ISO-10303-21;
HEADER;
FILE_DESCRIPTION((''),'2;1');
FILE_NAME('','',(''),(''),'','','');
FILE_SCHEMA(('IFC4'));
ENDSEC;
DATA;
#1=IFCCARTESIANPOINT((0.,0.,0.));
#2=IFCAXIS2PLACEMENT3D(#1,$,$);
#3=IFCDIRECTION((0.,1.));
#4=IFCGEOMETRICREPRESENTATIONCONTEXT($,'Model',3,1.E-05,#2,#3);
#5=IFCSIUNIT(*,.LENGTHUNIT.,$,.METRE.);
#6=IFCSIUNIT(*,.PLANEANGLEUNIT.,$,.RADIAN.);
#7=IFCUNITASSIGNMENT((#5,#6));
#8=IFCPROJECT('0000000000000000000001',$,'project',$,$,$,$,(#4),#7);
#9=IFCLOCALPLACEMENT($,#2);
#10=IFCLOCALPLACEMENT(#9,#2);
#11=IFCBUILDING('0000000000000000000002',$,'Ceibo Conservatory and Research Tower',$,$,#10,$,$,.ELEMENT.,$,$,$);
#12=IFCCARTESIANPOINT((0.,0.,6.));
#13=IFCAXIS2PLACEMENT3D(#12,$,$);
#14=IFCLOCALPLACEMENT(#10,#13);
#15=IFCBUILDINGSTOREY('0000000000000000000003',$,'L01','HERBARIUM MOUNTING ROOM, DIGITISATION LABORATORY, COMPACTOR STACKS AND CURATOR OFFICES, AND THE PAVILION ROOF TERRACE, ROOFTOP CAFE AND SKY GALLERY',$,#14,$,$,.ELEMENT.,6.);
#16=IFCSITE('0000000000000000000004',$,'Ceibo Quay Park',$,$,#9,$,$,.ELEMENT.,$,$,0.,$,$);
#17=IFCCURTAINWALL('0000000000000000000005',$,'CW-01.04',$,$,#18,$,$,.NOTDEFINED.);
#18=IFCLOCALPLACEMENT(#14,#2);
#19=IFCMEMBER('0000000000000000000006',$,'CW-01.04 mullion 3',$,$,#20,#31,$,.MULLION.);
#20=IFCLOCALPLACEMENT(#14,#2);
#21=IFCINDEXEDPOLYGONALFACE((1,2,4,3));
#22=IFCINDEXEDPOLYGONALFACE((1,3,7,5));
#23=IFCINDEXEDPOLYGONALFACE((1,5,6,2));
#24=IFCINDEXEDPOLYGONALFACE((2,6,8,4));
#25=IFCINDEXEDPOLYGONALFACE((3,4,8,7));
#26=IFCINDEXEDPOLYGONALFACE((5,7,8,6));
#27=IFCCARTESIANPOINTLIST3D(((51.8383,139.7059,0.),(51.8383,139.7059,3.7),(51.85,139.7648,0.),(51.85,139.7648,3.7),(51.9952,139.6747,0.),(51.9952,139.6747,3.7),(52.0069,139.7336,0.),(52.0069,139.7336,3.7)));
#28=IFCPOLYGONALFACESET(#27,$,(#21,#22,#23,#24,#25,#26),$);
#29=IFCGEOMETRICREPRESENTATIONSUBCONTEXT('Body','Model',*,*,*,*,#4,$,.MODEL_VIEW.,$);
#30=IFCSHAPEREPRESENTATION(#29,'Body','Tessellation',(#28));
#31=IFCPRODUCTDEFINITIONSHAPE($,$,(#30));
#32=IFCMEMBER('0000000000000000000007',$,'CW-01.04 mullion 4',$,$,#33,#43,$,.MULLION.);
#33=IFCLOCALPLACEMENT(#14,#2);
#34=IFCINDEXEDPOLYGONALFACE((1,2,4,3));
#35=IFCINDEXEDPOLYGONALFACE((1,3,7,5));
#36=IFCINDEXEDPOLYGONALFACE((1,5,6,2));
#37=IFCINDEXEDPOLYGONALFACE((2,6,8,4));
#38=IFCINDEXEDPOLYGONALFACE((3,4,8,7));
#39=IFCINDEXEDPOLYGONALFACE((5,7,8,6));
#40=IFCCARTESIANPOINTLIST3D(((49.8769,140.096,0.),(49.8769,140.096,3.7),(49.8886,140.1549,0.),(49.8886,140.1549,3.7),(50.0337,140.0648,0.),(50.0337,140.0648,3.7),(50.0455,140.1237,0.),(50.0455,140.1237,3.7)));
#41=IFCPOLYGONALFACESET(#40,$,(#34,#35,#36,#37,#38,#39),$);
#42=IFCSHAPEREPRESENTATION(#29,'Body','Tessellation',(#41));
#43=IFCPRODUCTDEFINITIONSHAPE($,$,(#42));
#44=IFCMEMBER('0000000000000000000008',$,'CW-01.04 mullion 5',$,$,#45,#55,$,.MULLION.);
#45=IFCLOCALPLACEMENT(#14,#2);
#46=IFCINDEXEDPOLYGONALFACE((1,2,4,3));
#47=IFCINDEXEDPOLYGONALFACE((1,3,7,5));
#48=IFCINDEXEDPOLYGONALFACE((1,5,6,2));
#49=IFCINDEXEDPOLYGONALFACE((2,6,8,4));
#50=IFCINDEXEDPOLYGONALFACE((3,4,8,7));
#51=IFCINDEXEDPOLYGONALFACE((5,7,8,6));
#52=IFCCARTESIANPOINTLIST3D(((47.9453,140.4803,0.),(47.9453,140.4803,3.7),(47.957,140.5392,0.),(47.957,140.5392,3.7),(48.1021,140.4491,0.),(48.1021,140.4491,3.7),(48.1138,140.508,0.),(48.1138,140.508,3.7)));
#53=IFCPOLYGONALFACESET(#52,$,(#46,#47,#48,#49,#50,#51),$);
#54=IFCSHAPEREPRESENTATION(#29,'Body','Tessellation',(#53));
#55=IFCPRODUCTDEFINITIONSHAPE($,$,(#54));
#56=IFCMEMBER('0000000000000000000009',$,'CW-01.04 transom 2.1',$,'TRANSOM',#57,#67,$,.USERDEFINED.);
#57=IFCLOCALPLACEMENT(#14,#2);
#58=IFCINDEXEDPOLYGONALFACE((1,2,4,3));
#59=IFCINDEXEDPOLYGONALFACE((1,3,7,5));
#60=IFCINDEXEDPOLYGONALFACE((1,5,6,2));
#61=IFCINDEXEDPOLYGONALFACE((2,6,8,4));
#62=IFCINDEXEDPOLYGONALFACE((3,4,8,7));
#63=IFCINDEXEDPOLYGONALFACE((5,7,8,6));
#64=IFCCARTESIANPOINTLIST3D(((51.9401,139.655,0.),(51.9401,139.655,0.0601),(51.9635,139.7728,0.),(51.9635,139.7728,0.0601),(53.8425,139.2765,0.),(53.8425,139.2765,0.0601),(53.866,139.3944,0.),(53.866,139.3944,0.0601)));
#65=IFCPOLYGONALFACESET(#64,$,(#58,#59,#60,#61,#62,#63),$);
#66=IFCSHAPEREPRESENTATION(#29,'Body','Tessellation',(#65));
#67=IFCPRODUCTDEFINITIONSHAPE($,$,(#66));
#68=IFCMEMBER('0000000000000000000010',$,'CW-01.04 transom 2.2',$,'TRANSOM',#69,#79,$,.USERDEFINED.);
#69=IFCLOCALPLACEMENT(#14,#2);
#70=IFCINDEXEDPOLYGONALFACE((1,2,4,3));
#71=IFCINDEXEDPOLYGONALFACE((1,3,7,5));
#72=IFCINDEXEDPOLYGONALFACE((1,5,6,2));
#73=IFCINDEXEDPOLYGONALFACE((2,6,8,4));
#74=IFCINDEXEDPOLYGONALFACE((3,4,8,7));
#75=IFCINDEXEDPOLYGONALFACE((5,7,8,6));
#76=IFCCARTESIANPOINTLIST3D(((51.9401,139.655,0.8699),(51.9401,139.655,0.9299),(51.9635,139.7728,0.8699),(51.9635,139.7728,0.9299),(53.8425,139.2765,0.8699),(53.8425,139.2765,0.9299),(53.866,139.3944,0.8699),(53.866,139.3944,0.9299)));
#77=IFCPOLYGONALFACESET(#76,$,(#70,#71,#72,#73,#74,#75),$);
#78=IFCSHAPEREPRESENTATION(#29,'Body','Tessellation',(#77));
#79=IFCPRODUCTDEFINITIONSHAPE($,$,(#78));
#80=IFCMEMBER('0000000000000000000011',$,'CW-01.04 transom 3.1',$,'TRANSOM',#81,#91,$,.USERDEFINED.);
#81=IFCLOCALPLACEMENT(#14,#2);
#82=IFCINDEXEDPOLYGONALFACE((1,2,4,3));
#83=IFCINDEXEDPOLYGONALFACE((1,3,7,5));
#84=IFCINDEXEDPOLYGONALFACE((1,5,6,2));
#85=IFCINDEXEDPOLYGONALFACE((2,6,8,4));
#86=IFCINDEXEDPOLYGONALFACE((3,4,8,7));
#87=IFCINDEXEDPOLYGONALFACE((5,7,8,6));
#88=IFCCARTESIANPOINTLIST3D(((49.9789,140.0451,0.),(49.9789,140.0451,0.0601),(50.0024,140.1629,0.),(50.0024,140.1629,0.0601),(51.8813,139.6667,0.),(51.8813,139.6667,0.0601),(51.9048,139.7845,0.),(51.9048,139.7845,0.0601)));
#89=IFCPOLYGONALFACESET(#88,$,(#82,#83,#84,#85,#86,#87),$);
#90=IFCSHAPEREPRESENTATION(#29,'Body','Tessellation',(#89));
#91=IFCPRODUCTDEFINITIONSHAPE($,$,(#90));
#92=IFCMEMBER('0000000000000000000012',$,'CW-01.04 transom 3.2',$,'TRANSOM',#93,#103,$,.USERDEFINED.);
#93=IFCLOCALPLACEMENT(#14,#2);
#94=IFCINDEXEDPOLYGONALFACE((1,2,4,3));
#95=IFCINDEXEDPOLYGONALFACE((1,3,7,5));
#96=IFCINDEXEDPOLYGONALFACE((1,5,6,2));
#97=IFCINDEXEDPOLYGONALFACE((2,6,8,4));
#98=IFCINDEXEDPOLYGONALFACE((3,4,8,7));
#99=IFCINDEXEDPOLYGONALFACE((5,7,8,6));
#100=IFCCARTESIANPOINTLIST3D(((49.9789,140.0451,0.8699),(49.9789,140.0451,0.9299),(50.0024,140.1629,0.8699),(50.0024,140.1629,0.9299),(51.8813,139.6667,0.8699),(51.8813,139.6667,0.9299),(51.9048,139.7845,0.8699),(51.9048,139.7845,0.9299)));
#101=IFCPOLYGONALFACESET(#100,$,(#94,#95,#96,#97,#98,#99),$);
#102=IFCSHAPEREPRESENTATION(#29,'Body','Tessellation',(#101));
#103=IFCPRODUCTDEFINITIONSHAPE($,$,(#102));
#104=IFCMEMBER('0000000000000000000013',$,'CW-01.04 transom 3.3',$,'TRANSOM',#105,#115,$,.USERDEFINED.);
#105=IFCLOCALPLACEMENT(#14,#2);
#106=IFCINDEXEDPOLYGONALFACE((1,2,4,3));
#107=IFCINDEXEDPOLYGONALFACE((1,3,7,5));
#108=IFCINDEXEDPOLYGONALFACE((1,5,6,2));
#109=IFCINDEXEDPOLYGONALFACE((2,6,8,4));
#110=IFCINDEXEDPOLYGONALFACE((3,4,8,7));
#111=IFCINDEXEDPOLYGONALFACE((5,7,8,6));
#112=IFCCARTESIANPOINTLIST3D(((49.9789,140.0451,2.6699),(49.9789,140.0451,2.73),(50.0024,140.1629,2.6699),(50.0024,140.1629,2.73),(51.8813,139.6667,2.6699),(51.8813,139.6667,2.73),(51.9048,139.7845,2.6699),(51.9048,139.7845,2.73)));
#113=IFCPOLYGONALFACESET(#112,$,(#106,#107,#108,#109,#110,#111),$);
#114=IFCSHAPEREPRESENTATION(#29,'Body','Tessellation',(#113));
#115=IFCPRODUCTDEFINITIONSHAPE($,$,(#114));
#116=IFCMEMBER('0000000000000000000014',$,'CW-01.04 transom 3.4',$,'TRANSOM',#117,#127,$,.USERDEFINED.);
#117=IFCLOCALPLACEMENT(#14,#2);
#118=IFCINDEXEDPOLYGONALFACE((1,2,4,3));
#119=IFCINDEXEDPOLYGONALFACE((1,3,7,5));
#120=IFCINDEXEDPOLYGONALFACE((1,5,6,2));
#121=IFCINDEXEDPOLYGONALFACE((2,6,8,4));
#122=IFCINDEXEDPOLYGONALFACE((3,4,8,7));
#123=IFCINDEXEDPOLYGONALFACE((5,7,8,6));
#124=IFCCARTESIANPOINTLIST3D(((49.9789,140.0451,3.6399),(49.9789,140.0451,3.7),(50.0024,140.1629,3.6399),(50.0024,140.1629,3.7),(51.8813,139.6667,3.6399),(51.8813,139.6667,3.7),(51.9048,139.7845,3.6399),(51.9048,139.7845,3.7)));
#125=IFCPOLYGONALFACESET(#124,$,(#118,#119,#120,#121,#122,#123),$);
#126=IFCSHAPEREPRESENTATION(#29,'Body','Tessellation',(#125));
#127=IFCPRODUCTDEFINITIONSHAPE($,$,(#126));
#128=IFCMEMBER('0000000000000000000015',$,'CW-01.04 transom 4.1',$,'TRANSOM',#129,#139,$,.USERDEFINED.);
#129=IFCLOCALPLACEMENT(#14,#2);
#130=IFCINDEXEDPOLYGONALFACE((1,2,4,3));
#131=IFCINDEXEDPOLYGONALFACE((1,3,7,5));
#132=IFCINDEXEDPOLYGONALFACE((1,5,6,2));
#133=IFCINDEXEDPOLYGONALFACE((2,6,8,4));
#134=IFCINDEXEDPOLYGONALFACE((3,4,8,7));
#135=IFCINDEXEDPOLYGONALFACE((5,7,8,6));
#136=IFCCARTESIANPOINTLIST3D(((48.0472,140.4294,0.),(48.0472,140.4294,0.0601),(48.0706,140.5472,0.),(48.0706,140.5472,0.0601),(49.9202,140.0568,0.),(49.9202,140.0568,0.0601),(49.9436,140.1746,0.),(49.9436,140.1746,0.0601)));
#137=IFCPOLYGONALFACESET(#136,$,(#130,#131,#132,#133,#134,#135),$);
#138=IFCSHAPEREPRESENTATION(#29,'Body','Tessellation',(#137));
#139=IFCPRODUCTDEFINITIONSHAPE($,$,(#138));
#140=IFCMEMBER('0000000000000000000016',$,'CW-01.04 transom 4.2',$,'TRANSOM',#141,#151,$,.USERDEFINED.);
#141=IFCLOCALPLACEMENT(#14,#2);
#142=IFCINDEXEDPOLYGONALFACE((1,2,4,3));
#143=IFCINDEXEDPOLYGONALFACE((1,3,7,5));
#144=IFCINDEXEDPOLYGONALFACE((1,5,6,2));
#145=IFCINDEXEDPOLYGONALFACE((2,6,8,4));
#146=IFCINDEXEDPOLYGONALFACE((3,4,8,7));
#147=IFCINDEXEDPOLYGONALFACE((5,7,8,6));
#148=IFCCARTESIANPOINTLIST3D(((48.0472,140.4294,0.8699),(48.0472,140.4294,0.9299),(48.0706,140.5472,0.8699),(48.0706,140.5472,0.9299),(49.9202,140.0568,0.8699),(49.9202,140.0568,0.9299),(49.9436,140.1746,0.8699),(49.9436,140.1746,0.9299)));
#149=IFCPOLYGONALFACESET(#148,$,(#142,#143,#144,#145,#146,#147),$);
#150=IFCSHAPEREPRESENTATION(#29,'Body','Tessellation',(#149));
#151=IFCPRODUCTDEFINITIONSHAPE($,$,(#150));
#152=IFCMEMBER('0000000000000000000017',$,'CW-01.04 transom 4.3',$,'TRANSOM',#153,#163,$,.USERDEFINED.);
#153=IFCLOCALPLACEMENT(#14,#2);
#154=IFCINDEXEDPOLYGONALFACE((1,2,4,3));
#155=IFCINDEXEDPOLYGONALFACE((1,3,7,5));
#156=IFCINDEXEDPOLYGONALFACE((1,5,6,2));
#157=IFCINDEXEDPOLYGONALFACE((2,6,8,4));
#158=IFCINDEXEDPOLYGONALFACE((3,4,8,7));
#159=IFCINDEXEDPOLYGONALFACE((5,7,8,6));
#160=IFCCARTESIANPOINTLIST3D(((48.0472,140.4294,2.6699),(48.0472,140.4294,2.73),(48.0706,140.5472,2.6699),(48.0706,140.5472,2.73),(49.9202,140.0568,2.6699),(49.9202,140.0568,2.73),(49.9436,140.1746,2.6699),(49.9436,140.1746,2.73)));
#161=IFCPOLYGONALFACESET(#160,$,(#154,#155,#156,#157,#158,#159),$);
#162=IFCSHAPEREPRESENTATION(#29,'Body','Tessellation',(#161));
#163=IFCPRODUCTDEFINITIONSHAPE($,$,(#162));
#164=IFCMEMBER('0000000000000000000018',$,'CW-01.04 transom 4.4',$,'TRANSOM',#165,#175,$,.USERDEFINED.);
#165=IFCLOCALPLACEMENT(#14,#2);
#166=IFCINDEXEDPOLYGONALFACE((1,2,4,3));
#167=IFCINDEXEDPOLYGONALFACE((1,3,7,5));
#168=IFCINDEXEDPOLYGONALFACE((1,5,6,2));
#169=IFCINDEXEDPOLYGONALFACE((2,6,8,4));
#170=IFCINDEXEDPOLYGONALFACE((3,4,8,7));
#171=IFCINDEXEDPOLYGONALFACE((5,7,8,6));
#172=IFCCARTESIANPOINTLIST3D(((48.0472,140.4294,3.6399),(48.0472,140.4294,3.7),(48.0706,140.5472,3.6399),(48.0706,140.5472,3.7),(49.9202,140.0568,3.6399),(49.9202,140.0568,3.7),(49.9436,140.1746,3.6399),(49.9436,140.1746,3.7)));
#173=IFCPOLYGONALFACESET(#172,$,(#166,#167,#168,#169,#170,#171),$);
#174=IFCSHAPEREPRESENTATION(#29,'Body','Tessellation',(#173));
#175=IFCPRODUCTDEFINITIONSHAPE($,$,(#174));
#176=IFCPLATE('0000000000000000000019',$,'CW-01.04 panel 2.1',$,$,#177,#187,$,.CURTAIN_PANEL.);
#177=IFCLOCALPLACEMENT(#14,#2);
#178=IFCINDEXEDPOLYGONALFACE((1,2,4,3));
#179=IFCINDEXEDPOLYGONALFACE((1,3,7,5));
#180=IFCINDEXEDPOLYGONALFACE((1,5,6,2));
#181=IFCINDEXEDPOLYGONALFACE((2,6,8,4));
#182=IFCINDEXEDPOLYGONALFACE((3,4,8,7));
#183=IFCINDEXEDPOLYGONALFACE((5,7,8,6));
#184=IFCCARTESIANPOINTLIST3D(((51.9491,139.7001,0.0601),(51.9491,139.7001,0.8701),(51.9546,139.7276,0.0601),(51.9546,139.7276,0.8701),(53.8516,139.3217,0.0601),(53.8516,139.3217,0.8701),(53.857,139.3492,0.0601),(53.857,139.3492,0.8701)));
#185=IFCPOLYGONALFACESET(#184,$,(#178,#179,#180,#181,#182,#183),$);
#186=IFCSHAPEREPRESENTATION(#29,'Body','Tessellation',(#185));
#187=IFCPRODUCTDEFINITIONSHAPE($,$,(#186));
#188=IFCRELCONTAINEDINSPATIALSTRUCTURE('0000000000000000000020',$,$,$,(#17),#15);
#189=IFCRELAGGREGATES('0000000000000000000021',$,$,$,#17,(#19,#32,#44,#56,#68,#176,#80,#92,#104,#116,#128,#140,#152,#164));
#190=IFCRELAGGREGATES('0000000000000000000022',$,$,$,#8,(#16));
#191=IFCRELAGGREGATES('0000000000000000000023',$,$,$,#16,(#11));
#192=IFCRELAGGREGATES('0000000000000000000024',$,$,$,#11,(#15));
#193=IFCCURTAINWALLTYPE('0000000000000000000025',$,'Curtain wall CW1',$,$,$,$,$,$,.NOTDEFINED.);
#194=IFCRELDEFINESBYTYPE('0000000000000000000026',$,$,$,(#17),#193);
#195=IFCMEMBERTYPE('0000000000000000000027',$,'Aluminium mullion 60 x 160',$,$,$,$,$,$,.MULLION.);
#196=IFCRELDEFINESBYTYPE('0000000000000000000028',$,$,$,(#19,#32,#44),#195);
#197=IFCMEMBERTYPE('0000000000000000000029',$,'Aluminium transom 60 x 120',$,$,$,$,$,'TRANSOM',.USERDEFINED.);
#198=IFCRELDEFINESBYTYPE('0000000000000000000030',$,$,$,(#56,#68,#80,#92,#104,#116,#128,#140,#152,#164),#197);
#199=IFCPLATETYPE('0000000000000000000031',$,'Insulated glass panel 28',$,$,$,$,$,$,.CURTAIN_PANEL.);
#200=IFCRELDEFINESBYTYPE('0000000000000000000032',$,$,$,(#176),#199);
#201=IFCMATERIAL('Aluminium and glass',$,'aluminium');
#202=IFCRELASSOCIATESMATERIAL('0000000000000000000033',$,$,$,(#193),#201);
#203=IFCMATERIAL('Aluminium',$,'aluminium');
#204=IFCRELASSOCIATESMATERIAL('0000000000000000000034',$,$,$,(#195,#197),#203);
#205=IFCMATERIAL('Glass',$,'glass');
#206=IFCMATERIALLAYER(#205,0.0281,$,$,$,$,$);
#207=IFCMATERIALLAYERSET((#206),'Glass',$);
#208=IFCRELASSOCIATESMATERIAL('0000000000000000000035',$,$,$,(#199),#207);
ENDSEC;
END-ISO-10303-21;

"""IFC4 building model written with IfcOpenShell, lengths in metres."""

from ifc_helpers import new_model, si_unit, direction, frame, origin, origin_2d, place, context, subcontext, project, spatial, rectangle, extrude, material, layer, layer_set, material_profile, profile_set, type_object, element, aggregate, save


model = new_model("IFC4")

# Units and contexts
model_context = context("Model", 3, precision=1e-05, world=origin(), true_north=direction((0.0, 1.0)))
body_context = subcontext(model_context, "Body", "Model", "MODEL_VIEW")
ifc_project = project(units=[si_unit("LENGTHUNIT", "METRE"), si_unit("PLANEANGLEUNIT", "RADIAN")], contexts=[model_context])

# Site, building, storey
site_placement = place(None, origin())
site = spatial("IfcSite", under=ifc_project, at=site_placement, Name="Ceibo Quay Park", CompositionType="ELEMENT", RefElevation=0.0)
building_placement = place(site_placement, origin())
building = spatial("IfcBuilding", under=site, at=building_placement, Name="Ceibo Conservatory and Research Tower", CompositionType="ELEMENT")
storey_placement = place(building_placement, frame((0.0, 0.0, 6.0)))
storey = spatial("IfcBuildingStorey", under=building, at=storey_placement, Name="L01", Description="HERBARIUM MOUNTING ROOM, DIGITISATION LABORATORY, COMPACTOR STACKS AND CURATOR OFFICES, AND THE PAVILION ROOF TERRACE, ROOFTOP CAFE AND SKY GALLERY", CompositionType="ELEMENT", Elevation=6.0)

# Curtain wall, members, plate
ifc_material_1 = material(Name="Aluminium and glass", Category="aluminium")
curtain_wall_type = type_object("IfcCurtainWallType", Name="Curtain wall CW1", PredefinedType="NOTDEFINED", material=ifc_material_1)
curtain_wall_placement = place(storey_placement, origin())
curtain_wall = element("IfcCurtainWall", 1, at=curtain_wall_placement, inside=storey, type_object=curtain_wall_type, Name="CW-01.04", PredefinedType="NOTDEFINED")
ifc_material_2 = material(Name="Aluminium", Category="aluminium")
ifc_material_profile_1 = material_profile(ifc_material_2, rectangle(XDim=0.0601, YDim=0.1599, at=origin_2d()), Name="Aluminium 60 x 160")
ifc_profile_set_1 = profile_set([ifc_material_profile_1], Name="Aluminium")
member_type_1 = type_object("IfcMemberType", Name="Aluminium mullion 60 x 160", PredefinedType="MULLION", material=ifc_profile_set_1)
member_1_placement = place(storey_placement, frame((51.9226, 139.7197, 0.0), z_axis=(0.0, 0.0, 1.0), x_axis=(-0.19509, -0.980785, 0.0)))
member_1 = element("IfcMember", 2, at=member_1_placement, type_object=member_type_1, Name="CW-01.04 mullion 3", PredefinedType="MULLION", context=body_context, shape_type="SweptSolid", body=[
    extrude(rectangle(XDim=0.0601, YDim=0.1599, at=origin_2d()), origin(), (0.0, 0.0, 1.0), 3.7),
])
member_2_placement = place(storey_placement, frame((49.9612, 140.1099, 0.0), z_axis=(0.0, 0.0, 1.0), x_axis=(-0.19509, -0.980785, 0.0)))
member_2 = element("IfcMember", 3, at=member_2_placement, type_object=member_type_1, Name="CW-01.04 mullion 4", PredefinedType="MULLION", context=body_context, shape_type="SweptSolid", body=[
    extrude(rectangle(XDim=0.0601, YDim=0.1599, at=origin_2d()), origin(), (0.0, 0.0, 1.0), 3.7),
])
member_3_placement = place(storey_placement, frame((48.0295, 140.4941, 0.0), z_axis=(0.0, 0.0, 1.0), x_axis=(-0.19509, -0.980785, 0.0)))
member_3 = element("IfcMember", 4, at=member_3_placement, type_object=member_type_1, Name="CW-01.04 mullion 5", PredefinedType="MULLION", context=body_context, shape_type="SweptSolid", body=[
    extrude(rectangle(XDim=0.0601, YDim=0.1599, at=origin_2d()), origin(), (0.0, 0.0, 1.0), 3.7),
])
ifc_material_profile_2 = material_profile(ifc_material_2, rectangle(XDim=0.1201, YDim=0.0601, at=origin_2d()), Name="Aluminium 60 x 120")
ifc_profile_set_2 = profile_set([ifc_material_profile_2], Name="Aluminium")
member_type_2 = type_object("IfcMemberType", Name="Aluminium transom 60 x 120", ElementType="TRANSOM", PredefinedType="USERDEFINED", material=ifc_profile_set_2)
member_4_placement = place(storey_placement, frame((53.8542, 139.3354, 0.03), z_axis=(-0.980783, 0.195099, 0.0), x_axis=(-0.195099, -0.980783, 0.0)))
member_4 = element("IfcMember", 5, at=member_4_placement, type_object=member_type_2, Name="CW-01.04 transom 2.1", ObjectType="TRANSOM", PredefinedType="USERDEFINED", context=body_context, shape_type="SweptSolid", body=[
    extrude(rectangle(XDim=0.1201, YDim=0.0601, at=origin_2d()), origin(), (0.0, 0.0, 1.0), 1.9397),
])
member_5_placement = place(storey_placement, frame((53.8542, 139.3354, 0.8999), z_axis=(-0.980783, 0.195099, 0.0), x_axis=(-0.195099, -0.980783, 0.0)))
member_5 = element("IfcMember", 6, at=member_5_placement, type_object=member_type_2, Name="CW-01.04 transom 2.2", ObjectType="TRANSOM", PredefinedType="USERDEFINED", context=body_context, shape_type="SweptSolid", body=[
    extrude(rectangle(XDim=0.1201, YDim=0.0601, at=origin_2d()), origin(), (0.0, 0.0, 1.0), 1.9397),
])
member_6_placement = place(storey_placement, frame((51.8931, 139.7256, 0.03), z_axis=(-0.980783, 0.195099, 0.0), x_axis=(-0.195099, -0.980783, 0.0)))
member_6 = element("IfcMember", 7, at=member_6_placement, type_object=member_type_2, Name="CW-01.04 transom 3.1", ObjectType="TRANSOM", PredefinedType="USERDEFINED", context=body_context, shape_type="SweptSolid", body=[
    extrude(rectangle(XDim=0.1201, YDim=0.0601, at=origin_2d()), origin(), (0.0, 0.0, 1.0), 1.9397),
])
member_7_placement = place(storey_placement, frame((51.8931, 139.7256, 0.8999), z_axis=(-0.980783, 0.195099, 0.0), x_axis=(-0.195099, -0.980783, 0.0)))
member_7 = element("IfcMember", 8, at=member_7_placement, type_object=member_type_2, Name="CW-01.04 transom 3.2", ObjectType="TRANSOM", PredefinedType="USERDEFINED", context=body_context, shape_type="SweptSolid", body=[
    extrude(rectangle(XDim=0.1201, YDim=0.0601, at=origin_2d()), origin(), (0.0, 0.0, 1.0), 1.9397),
])
member_8_placement = place(storey_placement, frame((51.8931, 139.7256, 2.7), z_axis=(-0.980783, 0.195099, 0.0), x_axis=(-0.195099, -0.980783, 0.0)))
member_8 = element("IfcMember", 9, at=member_8_placement, type_object=member_type_2, Name="CW-01.04 transom 3.3", ObjectType="TRANSOM", PredefinedType="USERDEFINED", context=body_context, shape_type="SweptSolid", body=[
    extrude(rectangle(XDim=0.1201, YDim=0.0601, at=origin_2d()), origin(), (0.0, 0.0, 1.0), 1.9397),
])
member_9_placement = place(storey_placement, frame((51.8931, 139.7256, 3.6699), z_axis=(-0.980783, 0.195099, 0.0), x_axis=(-0.195099, -0.980783, 0.0)))
member_9 = element("IfcMember", 10, at=member_9_placement, type_object=member_type_2, Name="CW-01.04 transom 3.4", ObjectType="TRANSOM", PredefinedType="USERDEFINED", context=body_context, shape_type="SweptSolid", body=[
    extrude(rectangle(XDim=0.1201, YDim=0.0601, at=origin_2d()), origin(), (0.0, 0.0, 1.0), 1.9397),
])
member_10_placement = place(storey_placement, frame((49.9319, 140.1157, 0.03), z_axis=(-0.980787, 0.195083, 0.0), x_axis=(-0.195083, -0.980787, 0.0)))
member_10 = element("IfcMember", 11, at=member_10_placement, type_object=member_type_2, Name="CW-01.04 transom 4.1", ObjectType="TRANSOM", PredefinedType="USERDEFINED", context=body_context, shape_type="SweptSolid", body=[
    extrude(rectangle(XDim=0.1201, YDim=0.0601, at=origin_2d()), origin(), (0.0, 0.0, 1.0), 1.9097),
])
member_11_placement = place(storey_placement, frame((49.9319, 140.1157, 0.8999), z_axis=(-0.980787, 0.195083, 0.0), x_axis=(-0.195083, -0.980787, 0.0)))
member_11 = element("IfcMember", 12, at=member_11_placement, type_object=member_type_2, Name="CW-01.04 transom 4.2", ObjectType="TRANSOM", PredefinedType="USERDEFINED", context=body_context, shape_type="SweptSolid", body=[
    extrude(rectangle(XDim=0.1201, YDim=0.0601, at=origin_2d()), origin(), (0.0, 0.0, 1.0), 1.9097),
])
member_12_placement = place(storey_placement, frame((49.9319, 140.1157, 2.7), z_axis=(-0.980787, 0.195083, 0.0), x_axis=(-0.195083, -0.980787, 0.0)))
member_12 = element("IfcMember", 13, at=member_12_placement, type_object=member_type_2, Name="CW-01.04 transom 4.3", ObjectType="TRANSOM", PredefinedType="USERDEFINED", context=body_context, shape_type="SweptSolid", body=[
    extrude(rectangle(XDim=0.1201, YDim=0.0601, at=origin_2d()), origin(), (0.0, 0.0, 1.0), 1.9097),
])
member_13_placement = place(storey_placement, frame((49.9319, 140.1157, 3.6699), z_axis=(-0.980787, 0.195083, 0.0), x_axis=(-0.195083, -0.980787, 0.0)))
member_13 = element("IfcMember", 14, at=member_13_placement, type_object=member_type_2, Name="CW-01.04 transom 4.4", ObjectType="TRANSOM", PredefinedType="USERDEFINED", context=body_context, shape_type="SweptSolid", body=[
    extrude(rectangle(XDim=0.1201, YDim=0.0601, at=origin_2d()), origin(), (0.0, 0.0, 1.0), 1.9097),
])
ifc_material_3 = material(Name="Glass", Category="glass")
ifc_layer_1 = layer(ifc_material_3, 0.0281)
ifc_layer_set_1 = layer_set([ifc_layer_1], Name="Glass")
plate_type = type_object("IfcPlateType", Name="Insulated glass panel 28", PredefinedType="CURTAIN_PANEL", material=ifc_layer_set_1)
plate_1_placement = place(storey_placement, frame((52.9031, 139.5247, 0.0601), z_axis=(0.0, 0.0, 1.0), x_axis=(-0.980785, 0.19509, 0.0)))
plate_1 = element("IfcPlate", 15, at=plate_1_placement, type_object=plate_type, Name="CW-01.04 panel 2.1", PredefinedType="CURTAIN_PANEL", context=body_context, shape_type="SweptSolid", body=[
    extrude(rectangle(XDim=1.9397, YDim=0.0281, at=origin_2d()), origin(), (0.0, 0.0, 1.0), 0.8101),
])
aggregate(curtain_wall, [member_1, member_2, member_3, member_4, member_5, plate_1, member_6, member_7, member_8, member_9, member_10, member_11, member_12, member_13])

save(model, "model.ifc")
